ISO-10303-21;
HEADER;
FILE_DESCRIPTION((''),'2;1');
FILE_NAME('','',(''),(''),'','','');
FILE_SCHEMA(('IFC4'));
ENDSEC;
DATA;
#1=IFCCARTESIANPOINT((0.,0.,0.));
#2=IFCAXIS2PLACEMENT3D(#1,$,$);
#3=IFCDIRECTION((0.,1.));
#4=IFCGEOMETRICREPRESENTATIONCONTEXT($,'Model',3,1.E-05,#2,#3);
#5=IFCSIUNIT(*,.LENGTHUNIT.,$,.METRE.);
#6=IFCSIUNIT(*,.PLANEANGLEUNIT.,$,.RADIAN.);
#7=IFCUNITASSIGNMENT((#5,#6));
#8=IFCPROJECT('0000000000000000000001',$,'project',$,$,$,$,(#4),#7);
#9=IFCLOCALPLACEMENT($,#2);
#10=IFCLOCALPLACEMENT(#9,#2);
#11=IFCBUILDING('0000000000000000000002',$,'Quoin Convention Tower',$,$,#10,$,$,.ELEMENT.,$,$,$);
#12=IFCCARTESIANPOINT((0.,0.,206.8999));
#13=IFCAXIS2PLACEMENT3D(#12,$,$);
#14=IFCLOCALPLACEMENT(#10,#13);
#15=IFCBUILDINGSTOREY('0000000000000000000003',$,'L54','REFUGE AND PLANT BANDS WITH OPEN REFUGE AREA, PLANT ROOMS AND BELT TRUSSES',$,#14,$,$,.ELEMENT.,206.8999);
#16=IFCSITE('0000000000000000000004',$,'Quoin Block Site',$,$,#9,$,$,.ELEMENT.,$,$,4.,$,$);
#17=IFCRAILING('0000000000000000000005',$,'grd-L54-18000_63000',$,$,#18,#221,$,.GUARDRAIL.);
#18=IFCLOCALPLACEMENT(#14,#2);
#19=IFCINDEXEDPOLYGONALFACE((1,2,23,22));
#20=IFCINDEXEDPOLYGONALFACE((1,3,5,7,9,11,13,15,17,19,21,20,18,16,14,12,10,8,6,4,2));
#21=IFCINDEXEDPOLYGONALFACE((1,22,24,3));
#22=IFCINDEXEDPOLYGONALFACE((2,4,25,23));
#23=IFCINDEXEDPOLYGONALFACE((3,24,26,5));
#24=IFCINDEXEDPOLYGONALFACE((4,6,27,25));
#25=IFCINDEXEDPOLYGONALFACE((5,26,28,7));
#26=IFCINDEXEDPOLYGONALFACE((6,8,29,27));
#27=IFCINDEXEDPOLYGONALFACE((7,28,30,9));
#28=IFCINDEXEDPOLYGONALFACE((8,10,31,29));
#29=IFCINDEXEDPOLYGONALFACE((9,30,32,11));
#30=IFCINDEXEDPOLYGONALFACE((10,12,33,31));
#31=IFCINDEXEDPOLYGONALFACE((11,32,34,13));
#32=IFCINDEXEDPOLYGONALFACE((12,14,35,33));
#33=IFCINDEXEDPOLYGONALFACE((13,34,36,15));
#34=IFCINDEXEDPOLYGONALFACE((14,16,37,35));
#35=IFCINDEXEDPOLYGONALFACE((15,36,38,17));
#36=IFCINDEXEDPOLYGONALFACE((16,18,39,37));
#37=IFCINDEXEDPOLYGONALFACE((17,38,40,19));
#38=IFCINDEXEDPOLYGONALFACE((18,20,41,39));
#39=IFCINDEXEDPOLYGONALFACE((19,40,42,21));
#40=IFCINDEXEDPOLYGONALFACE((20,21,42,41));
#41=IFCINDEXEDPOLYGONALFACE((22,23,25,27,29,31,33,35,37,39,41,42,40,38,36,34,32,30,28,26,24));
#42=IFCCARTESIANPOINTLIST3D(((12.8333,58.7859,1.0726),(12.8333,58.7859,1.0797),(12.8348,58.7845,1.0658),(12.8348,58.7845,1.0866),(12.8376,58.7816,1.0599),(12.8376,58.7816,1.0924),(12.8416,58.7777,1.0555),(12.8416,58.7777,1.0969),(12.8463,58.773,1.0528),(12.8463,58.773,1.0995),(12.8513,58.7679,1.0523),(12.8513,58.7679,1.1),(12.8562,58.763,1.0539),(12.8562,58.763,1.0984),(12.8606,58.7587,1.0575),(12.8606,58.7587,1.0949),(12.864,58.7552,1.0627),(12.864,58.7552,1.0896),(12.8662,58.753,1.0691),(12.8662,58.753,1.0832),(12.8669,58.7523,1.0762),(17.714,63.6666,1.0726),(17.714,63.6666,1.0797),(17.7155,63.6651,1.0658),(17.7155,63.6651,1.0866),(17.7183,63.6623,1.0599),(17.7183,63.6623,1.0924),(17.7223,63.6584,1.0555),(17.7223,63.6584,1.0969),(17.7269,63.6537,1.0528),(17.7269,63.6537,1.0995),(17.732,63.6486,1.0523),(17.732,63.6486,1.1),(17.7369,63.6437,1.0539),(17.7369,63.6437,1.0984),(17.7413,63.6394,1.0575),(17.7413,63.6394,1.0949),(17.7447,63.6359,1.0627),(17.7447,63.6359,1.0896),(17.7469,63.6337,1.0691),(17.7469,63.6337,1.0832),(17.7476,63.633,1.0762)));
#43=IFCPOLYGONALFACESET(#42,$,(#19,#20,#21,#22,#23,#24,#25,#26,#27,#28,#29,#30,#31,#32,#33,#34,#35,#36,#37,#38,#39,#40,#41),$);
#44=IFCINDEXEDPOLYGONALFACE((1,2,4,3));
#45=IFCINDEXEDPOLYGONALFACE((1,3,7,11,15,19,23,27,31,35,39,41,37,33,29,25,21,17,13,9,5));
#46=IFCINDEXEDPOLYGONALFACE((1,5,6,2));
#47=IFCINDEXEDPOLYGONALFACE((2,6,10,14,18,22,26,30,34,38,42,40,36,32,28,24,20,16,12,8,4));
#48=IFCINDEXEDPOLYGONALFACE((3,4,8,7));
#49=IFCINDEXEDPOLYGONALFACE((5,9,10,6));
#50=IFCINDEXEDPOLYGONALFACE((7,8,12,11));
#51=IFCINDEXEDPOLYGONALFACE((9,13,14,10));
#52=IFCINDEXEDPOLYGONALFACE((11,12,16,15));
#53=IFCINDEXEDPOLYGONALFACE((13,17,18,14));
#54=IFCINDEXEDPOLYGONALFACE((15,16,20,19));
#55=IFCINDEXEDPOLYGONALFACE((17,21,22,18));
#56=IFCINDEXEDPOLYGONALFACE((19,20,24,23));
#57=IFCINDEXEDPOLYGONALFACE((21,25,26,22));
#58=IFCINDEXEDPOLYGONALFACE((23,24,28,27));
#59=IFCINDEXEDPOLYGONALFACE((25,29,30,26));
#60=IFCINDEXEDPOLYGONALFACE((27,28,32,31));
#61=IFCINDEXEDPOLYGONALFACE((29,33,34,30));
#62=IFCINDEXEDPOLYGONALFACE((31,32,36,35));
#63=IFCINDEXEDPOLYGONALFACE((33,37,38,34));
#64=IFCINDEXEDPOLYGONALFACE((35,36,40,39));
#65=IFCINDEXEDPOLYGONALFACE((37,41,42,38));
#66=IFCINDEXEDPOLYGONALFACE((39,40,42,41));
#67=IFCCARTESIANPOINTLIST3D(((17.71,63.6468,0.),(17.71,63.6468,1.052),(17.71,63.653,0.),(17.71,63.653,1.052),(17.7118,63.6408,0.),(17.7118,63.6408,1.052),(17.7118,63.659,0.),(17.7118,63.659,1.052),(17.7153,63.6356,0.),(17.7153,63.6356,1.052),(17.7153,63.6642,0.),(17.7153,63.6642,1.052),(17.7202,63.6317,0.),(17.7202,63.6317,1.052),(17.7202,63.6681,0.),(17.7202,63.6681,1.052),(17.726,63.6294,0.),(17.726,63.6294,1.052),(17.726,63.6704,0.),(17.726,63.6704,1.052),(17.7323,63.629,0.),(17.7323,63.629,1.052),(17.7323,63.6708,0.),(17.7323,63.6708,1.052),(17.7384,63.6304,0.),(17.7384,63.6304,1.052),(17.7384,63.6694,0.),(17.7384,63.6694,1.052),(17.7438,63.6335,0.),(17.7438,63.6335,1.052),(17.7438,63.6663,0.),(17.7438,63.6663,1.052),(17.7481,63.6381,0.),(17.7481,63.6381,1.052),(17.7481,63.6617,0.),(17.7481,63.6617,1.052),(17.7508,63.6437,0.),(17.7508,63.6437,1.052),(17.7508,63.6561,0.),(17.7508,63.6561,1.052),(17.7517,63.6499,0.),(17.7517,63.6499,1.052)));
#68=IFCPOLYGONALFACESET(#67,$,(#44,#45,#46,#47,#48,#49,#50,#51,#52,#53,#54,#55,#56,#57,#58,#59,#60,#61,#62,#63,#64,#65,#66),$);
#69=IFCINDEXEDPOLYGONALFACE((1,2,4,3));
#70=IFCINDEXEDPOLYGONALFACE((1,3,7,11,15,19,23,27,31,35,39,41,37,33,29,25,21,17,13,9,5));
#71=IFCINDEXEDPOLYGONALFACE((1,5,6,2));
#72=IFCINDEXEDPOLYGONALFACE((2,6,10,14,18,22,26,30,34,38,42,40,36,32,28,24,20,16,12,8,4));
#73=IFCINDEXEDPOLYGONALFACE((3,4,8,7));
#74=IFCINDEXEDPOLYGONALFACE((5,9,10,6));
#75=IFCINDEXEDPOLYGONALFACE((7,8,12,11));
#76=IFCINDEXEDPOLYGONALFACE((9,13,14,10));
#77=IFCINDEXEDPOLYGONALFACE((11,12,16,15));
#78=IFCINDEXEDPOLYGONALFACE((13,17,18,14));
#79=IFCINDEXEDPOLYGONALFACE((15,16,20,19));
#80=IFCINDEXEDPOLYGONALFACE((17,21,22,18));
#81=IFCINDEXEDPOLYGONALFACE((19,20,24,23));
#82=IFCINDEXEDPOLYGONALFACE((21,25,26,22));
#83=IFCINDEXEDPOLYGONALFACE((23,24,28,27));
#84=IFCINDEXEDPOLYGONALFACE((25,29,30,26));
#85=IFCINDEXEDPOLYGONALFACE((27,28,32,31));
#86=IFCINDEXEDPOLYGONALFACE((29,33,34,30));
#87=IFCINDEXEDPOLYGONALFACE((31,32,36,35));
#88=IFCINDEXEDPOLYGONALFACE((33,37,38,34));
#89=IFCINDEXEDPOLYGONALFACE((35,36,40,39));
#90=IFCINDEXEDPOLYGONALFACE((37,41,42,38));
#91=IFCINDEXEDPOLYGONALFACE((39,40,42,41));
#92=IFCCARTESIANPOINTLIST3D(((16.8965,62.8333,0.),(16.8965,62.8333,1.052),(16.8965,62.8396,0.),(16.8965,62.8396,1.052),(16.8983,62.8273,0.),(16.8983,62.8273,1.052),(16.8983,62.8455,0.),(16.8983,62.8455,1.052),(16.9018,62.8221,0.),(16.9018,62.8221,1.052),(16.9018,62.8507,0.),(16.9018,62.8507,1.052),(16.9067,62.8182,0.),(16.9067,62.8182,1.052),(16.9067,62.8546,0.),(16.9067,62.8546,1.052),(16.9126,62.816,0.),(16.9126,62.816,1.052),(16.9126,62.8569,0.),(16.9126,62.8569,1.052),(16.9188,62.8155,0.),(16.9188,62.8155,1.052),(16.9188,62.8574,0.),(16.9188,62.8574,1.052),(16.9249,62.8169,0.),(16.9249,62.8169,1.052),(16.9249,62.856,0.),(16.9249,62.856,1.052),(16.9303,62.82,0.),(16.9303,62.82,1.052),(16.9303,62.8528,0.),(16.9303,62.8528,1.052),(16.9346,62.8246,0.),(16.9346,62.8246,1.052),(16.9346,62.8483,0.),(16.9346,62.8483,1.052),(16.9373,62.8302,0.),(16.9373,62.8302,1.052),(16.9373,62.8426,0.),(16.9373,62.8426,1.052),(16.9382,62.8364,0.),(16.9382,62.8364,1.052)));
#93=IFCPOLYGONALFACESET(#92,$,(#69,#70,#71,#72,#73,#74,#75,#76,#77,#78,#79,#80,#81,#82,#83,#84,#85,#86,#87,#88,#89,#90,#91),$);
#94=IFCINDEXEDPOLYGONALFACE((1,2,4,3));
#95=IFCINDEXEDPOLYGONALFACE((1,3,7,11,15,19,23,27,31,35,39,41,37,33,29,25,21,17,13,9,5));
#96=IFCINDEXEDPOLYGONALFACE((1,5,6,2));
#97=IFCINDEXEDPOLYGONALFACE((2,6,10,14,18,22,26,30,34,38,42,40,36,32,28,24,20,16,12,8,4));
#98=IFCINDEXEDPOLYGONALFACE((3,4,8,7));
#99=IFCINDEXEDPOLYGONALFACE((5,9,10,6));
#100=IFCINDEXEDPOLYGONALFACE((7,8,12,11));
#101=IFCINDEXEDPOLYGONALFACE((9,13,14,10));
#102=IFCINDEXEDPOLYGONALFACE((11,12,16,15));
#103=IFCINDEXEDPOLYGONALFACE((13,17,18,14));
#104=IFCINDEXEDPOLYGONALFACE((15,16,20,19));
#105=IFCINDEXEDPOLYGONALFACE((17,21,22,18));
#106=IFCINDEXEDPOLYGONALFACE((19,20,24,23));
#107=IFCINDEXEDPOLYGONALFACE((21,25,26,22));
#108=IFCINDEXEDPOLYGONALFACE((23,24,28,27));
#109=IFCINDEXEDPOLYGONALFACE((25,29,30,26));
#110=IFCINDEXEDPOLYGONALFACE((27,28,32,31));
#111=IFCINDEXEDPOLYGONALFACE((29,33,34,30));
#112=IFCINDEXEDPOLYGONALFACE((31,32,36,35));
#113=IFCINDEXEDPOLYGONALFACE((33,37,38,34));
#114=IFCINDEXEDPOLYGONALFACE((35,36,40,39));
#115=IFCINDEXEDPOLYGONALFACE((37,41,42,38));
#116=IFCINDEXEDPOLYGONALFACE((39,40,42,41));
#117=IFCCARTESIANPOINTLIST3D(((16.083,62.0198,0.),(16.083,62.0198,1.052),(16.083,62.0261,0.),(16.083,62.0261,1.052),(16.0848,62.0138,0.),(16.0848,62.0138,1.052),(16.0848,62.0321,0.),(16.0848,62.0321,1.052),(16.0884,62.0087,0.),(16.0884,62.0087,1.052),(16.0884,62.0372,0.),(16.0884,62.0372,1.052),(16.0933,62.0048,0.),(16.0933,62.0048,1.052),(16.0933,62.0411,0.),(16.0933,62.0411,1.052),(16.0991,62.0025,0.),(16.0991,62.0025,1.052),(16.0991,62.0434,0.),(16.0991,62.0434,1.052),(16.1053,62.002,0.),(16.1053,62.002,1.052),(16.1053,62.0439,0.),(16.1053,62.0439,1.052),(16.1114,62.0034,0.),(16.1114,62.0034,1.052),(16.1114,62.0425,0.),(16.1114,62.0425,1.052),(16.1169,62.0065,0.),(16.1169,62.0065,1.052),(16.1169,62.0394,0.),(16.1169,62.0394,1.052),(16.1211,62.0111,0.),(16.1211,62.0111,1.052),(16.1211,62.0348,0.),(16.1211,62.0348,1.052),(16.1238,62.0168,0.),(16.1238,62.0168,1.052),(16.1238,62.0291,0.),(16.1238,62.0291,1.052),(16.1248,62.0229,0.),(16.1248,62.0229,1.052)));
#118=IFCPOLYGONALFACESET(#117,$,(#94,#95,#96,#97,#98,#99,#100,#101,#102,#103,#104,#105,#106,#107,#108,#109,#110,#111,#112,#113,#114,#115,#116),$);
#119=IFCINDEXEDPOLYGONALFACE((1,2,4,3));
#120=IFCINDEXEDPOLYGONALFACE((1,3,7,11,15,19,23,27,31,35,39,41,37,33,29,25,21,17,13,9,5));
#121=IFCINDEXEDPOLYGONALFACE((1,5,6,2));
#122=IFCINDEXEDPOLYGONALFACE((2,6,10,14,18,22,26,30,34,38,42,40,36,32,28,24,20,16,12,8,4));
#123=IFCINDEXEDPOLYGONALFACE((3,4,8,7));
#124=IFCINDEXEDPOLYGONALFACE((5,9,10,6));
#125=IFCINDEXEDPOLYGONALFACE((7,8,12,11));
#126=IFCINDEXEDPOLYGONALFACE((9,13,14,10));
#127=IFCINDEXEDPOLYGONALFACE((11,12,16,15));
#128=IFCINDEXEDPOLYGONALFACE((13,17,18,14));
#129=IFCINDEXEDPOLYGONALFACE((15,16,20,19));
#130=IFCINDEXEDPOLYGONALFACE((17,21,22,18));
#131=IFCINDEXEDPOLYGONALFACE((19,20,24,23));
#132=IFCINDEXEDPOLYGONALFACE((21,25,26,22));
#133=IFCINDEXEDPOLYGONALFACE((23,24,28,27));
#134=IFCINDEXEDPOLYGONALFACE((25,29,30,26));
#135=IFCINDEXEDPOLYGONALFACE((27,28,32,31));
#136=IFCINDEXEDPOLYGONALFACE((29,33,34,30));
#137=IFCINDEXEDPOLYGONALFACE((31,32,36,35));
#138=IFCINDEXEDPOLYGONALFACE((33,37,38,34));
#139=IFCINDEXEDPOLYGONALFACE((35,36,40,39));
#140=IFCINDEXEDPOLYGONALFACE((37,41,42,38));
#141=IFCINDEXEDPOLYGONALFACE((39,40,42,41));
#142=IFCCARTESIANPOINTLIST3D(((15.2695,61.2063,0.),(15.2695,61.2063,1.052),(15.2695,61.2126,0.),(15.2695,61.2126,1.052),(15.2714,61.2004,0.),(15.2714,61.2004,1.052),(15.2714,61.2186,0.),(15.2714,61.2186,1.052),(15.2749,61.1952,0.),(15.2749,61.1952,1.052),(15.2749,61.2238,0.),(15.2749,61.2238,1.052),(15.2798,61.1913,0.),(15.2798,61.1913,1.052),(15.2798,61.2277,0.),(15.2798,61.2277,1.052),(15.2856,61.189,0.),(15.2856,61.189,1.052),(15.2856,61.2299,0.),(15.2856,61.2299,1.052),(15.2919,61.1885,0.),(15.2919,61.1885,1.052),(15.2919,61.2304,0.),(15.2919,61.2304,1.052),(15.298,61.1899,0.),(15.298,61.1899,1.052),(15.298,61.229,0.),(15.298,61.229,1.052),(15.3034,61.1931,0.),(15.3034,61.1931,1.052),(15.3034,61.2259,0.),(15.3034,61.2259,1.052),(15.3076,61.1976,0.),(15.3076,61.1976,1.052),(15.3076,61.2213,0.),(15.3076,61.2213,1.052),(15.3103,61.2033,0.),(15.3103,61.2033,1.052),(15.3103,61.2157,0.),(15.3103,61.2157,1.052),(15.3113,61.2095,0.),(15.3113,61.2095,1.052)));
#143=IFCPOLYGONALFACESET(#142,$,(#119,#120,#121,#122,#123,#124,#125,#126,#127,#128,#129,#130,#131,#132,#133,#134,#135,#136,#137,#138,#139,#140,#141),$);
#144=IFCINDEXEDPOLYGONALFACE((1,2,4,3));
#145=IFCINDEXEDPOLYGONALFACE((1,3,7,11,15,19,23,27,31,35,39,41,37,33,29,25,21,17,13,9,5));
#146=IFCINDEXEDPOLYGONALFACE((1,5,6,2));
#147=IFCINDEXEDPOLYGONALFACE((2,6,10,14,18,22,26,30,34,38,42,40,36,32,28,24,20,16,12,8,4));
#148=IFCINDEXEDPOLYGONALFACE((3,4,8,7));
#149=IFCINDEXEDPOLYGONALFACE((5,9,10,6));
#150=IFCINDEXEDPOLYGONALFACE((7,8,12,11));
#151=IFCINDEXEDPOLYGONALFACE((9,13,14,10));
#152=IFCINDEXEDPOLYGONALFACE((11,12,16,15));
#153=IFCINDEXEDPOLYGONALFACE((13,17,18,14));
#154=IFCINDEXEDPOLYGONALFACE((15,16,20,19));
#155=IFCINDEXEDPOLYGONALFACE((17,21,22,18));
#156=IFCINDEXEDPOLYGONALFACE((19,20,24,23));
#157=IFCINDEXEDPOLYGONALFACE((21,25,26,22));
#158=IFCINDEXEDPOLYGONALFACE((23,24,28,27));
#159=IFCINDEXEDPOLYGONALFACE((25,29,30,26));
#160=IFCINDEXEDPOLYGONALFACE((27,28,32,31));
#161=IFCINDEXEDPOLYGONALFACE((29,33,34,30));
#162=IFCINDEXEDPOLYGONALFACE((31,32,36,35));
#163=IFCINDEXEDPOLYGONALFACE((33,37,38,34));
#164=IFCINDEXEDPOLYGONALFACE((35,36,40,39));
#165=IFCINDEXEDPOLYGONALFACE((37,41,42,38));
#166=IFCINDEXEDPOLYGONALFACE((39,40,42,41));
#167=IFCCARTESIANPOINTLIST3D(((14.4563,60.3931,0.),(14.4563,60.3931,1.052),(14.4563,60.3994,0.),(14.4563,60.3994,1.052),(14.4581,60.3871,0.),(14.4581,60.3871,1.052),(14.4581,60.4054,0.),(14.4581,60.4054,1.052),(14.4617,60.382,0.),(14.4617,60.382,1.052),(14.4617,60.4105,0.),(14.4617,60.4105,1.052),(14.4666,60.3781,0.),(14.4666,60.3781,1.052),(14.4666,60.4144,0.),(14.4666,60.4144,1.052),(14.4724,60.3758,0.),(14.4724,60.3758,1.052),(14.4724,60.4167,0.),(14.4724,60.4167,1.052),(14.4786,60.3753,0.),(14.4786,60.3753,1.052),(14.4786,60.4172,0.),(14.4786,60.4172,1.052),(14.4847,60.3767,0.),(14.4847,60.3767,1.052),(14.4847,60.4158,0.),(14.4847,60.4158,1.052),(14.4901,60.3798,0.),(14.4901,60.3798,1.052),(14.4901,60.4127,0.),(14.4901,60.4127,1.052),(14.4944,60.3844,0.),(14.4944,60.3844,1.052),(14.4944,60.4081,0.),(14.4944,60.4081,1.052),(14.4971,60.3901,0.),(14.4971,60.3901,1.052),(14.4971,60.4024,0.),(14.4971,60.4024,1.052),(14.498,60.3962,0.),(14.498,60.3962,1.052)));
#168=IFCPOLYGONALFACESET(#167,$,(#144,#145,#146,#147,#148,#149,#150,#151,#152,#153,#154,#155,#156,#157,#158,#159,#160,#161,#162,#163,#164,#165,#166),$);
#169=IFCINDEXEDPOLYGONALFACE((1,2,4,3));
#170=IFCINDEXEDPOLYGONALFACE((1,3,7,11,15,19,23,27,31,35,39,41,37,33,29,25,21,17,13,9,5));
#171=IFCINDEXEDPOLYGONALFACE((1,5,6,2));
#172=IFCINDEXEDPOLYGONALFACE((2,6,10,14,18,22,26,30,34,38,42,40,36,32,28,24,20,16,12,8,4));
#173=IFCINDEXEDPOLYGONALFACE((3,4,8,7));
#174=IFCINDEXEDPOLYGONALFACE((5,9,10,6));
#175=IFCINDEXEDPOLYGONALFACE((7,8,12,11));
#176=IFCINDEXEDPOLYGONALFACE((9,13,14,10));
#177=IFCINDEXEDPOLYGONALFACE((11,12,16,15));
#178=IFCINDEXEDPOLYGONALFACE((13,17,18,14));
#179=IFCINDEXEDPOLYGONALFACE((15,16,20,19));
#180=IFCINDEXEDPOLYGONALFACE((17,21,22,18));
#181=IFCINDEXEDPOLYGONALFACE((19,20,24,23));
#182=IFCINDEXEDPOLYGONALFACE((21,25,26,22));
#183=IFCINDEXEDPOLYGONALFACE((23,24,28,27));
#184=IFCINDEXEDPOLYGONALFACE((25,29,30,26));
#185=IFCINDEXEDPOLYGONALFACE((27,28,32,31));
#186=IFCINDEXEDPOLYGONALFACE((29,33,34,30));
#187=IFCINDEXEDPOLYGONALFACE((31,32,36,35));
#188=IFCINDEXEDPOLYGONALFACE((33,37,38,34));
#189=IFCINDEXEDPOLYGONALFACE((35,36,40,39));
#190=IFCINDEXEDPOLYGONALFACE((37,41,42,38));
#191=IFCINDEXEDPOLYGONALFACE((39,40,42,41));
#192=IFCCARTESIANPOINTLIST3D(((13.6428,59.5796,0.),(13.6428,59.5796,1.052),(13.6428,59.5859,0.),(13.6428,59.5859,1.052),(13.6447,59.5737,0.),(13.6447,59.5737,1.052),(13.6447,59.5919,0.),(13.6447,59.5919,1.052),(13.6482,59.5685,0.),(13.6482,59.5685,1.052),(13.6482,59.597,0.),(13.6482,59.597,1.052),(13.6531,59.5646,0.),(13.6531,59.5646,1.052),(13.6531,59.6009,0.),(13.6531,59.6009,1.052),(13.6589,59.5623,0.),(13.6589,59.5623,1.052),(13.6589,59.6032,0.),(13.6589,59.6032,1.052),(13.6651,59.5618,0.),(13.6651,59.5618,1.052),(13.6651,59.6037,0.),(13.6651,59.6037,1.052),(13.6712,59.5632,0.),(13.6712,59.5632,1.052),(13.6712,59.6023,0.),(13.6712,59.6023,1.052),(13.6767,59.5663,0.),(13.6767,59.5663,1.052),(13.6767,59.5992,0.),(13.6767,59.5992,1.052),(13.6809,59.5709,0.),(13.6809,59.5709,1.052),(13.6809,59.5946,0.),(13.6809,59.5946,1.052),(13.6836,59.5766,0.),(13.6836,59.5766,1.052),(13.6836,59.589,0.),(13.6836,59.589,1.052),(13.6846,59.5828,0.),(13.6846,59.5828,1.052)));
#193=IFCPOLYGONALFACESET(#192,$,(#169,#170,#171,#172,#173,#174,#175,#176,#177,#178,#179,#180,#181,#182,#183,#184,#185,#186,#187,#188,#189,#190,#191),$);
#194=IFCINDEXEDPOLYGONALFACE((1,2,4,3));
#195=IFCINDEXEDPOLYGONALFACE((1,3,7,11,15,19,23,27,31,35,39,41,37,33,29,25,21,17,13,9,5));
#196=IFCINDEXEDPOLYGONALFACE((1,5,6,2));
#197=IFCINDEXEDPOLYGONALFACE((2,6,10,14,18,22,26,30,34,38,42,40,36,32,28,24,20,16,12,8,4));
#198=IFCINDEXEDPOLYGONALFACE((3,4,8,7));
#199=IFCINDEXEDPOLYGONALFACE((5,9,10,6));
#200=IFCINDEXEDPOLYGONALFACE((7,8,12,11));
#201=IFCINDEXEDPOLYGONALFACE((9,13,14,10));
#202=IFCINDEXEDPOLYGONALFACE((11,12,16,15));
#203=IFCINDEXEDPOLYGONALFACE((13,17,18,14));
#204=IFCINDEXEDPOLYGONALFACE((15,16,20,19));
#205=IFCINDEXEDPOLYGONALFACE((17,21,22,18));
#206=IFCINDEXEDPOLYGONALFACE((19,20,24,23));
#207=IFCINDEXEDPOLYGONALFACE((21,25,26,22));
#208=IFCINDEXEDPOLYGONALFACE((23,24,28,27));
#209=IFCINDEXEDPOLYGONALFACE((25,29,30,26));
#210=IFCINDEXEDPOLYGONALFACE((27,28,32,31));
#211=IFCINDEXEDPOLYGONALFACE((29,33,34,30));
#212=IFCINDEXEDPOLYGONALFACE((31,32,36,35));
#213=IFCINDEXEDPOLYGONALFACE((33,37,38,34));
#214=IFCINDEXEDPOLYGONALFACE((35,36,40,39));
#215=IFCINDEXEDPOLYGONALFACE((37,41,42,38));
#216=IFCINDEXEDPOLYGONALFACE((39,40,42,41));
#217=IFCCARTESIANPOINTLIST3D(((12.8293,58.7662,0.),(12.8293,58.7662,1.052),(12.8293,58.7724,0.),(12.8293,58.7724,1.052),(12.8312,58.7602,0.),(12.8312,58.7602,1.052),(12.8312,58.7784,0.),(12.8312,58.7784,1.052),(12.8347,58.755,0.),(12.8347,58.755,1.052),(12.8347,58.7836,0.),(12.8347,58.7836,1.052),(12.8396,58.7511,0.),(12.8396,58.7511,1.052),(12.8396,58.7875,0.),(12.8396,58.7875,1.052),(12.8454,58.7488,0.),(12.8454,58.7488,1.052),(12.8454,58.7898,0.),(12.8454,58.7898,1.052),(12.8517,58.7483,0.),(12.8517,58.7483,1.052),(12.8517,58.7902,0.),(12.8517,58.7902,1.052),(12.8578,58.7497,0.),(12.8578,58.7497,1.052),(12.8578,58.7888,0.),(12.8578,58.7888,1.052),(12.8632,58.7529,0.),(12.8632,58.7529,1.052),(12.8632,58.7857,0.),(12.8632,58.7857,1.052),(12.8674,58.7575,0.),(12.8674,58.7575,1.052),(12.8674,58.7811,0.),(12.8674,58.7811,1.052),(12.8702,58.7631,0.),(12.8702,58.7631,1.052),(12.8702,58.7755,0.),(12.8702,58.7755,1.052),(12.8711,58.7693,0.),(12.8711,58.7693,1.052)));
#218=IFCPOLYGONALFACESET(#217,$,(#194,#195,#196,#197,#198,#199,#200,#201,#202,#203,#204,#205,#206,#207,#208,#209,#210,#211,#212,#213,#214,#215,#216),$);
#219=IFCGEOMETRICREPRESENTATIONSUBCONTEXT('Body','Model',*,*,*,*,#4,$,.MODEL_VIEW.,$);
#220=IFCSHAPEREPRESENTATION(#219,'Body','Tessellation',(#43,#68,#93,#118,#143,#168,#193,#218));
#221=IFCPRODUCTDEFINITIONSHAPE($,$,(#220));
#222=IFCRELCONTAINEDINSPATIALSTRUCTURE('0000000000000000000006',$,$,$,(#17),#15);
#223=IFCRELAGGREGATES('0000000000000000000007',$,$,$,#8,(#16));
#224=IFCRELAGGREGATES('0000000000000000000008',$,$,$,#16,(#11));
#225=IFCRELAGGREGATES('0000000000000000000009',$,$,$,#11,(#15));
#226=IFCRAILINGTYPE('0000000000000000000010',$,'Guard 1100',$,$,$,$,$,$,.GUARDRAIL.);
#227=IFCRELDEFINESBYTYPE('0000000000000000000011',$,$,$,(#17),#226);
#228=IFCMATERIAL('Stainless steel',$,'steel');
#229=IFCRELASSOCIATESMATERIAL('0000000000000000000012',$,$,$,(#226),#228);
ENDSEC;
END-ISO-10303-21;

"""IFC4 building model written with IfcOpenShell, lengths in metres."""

from ifc_helpers import new_model, si_unit, direction, frame, origin, origin_2d, place, context, subcontext, project, spatial, circle, extrude, material, type_object, element, save


model = new_model("IFC4")

# Units and contexts
model_context = context("Model", 3, precision=1e-05, world=origin(), true_north=direction((0.0, 1.0)))
body_context = subcontext(model_context, "Body", "Model", "MODEL_VIEW")
ifc_project = project(units=[si_unit("LENGTHUNIT", "METRE"), si_unit("PLANEANGLEUNIT", "RADIAN")], contexts=[model_context])

# Site, building, storey
site_placement = place(None, origin())
site = spatial("IfcSite", under=ifc_project, at=site_placement, Name="Quoin Block Site", CompositionType="ELEMENT", RefElevation=4.0)
building_placement = place(site_placement, origin())
building = spatial("IfcBuilding", under=site, at=building_placement, Name="Quoin Convention Tower", CompositionType="ELEMENT")
storey_placement = place(building_placement, frame((0.0, 0.0, 206.8999)))
storey = spatial("IfcBuildingStorey", under=building, at=storey_placement, Name="L54", Description="REFUGE AND PLANT BANDS WITH OPEN REFUGE AREA, PLANT ROOMS AND BELT TRUSSES", CompositionType="ELEMENT", Elevation=206.8999)

# Railing
ifc_material_1 = material(Name="Stainless steel", Category="steel")
railing_type = type_object("IfcRailingType", Name="Guard 1100", PredefinedType="GUARDRAIL", material=ifc_material_1)
railing_1_placement = place(storey_placement, frame((17.7307, 63.6499, 0.0)))
element("IfcRailing", 1, at=railing_1_placement, inside=storey, type_object=railing_type, Name="grd-L54-18000_63000", PredefinedType="GUARDRAIL", context=body_context, shape_type="SweptSolid", body=[
    extrude(circle(Radius=0.0239, at=origin_2d()), frame((0.0, 0.0, 1.0762), z_axis=(-0.707107, -0.707107, 0.0), x_axis=(0.707107, -0.707107, 0.0)), (0.0, 0.0, 1.0), 6.9023),
    extrude(circle(Radius=0.021, at=origin_2d()), origin(), (0.0, 0.0, 1.0), 1.052),
    extrude(circle(Radius=0.021, at=origin_2d()), frame((-0.8135, -0.8135, 0.0)), (0.0, 0.0, 1.0), 1.052),
    extrude(circle(Radius=0.021, at=origin_2d()), frame((-1.627, -1.627, 0.0)), (0.0, 0.0, 1.0), 1.052),
    extrude(circle(Radius=0.021, at=origin_2d()), frame((-2.4404, -2.4404, 0.0)), (0.0, 0.0, 1.0), 1.052),
    extrude(circle(Radius=0.021, at=origin_2d()), frame((-3.2537, -3.2537, 0.0)), (0.0, 0.0, 1.0), 1.052),
    extrude(circle(Radius=0.021, at=origin_2d()), frame((-4.0671, -4.0671, 0.0)), (0.0, 0.0, 1.0), 1.052),
    extrude(circle(Radius=0.021, at=origin_2d()), frame((-4.8806, -4.8806, 0.0)), (0.0, 0.0, 1.0), 1.052),
])

save(model, "model.ifc")
